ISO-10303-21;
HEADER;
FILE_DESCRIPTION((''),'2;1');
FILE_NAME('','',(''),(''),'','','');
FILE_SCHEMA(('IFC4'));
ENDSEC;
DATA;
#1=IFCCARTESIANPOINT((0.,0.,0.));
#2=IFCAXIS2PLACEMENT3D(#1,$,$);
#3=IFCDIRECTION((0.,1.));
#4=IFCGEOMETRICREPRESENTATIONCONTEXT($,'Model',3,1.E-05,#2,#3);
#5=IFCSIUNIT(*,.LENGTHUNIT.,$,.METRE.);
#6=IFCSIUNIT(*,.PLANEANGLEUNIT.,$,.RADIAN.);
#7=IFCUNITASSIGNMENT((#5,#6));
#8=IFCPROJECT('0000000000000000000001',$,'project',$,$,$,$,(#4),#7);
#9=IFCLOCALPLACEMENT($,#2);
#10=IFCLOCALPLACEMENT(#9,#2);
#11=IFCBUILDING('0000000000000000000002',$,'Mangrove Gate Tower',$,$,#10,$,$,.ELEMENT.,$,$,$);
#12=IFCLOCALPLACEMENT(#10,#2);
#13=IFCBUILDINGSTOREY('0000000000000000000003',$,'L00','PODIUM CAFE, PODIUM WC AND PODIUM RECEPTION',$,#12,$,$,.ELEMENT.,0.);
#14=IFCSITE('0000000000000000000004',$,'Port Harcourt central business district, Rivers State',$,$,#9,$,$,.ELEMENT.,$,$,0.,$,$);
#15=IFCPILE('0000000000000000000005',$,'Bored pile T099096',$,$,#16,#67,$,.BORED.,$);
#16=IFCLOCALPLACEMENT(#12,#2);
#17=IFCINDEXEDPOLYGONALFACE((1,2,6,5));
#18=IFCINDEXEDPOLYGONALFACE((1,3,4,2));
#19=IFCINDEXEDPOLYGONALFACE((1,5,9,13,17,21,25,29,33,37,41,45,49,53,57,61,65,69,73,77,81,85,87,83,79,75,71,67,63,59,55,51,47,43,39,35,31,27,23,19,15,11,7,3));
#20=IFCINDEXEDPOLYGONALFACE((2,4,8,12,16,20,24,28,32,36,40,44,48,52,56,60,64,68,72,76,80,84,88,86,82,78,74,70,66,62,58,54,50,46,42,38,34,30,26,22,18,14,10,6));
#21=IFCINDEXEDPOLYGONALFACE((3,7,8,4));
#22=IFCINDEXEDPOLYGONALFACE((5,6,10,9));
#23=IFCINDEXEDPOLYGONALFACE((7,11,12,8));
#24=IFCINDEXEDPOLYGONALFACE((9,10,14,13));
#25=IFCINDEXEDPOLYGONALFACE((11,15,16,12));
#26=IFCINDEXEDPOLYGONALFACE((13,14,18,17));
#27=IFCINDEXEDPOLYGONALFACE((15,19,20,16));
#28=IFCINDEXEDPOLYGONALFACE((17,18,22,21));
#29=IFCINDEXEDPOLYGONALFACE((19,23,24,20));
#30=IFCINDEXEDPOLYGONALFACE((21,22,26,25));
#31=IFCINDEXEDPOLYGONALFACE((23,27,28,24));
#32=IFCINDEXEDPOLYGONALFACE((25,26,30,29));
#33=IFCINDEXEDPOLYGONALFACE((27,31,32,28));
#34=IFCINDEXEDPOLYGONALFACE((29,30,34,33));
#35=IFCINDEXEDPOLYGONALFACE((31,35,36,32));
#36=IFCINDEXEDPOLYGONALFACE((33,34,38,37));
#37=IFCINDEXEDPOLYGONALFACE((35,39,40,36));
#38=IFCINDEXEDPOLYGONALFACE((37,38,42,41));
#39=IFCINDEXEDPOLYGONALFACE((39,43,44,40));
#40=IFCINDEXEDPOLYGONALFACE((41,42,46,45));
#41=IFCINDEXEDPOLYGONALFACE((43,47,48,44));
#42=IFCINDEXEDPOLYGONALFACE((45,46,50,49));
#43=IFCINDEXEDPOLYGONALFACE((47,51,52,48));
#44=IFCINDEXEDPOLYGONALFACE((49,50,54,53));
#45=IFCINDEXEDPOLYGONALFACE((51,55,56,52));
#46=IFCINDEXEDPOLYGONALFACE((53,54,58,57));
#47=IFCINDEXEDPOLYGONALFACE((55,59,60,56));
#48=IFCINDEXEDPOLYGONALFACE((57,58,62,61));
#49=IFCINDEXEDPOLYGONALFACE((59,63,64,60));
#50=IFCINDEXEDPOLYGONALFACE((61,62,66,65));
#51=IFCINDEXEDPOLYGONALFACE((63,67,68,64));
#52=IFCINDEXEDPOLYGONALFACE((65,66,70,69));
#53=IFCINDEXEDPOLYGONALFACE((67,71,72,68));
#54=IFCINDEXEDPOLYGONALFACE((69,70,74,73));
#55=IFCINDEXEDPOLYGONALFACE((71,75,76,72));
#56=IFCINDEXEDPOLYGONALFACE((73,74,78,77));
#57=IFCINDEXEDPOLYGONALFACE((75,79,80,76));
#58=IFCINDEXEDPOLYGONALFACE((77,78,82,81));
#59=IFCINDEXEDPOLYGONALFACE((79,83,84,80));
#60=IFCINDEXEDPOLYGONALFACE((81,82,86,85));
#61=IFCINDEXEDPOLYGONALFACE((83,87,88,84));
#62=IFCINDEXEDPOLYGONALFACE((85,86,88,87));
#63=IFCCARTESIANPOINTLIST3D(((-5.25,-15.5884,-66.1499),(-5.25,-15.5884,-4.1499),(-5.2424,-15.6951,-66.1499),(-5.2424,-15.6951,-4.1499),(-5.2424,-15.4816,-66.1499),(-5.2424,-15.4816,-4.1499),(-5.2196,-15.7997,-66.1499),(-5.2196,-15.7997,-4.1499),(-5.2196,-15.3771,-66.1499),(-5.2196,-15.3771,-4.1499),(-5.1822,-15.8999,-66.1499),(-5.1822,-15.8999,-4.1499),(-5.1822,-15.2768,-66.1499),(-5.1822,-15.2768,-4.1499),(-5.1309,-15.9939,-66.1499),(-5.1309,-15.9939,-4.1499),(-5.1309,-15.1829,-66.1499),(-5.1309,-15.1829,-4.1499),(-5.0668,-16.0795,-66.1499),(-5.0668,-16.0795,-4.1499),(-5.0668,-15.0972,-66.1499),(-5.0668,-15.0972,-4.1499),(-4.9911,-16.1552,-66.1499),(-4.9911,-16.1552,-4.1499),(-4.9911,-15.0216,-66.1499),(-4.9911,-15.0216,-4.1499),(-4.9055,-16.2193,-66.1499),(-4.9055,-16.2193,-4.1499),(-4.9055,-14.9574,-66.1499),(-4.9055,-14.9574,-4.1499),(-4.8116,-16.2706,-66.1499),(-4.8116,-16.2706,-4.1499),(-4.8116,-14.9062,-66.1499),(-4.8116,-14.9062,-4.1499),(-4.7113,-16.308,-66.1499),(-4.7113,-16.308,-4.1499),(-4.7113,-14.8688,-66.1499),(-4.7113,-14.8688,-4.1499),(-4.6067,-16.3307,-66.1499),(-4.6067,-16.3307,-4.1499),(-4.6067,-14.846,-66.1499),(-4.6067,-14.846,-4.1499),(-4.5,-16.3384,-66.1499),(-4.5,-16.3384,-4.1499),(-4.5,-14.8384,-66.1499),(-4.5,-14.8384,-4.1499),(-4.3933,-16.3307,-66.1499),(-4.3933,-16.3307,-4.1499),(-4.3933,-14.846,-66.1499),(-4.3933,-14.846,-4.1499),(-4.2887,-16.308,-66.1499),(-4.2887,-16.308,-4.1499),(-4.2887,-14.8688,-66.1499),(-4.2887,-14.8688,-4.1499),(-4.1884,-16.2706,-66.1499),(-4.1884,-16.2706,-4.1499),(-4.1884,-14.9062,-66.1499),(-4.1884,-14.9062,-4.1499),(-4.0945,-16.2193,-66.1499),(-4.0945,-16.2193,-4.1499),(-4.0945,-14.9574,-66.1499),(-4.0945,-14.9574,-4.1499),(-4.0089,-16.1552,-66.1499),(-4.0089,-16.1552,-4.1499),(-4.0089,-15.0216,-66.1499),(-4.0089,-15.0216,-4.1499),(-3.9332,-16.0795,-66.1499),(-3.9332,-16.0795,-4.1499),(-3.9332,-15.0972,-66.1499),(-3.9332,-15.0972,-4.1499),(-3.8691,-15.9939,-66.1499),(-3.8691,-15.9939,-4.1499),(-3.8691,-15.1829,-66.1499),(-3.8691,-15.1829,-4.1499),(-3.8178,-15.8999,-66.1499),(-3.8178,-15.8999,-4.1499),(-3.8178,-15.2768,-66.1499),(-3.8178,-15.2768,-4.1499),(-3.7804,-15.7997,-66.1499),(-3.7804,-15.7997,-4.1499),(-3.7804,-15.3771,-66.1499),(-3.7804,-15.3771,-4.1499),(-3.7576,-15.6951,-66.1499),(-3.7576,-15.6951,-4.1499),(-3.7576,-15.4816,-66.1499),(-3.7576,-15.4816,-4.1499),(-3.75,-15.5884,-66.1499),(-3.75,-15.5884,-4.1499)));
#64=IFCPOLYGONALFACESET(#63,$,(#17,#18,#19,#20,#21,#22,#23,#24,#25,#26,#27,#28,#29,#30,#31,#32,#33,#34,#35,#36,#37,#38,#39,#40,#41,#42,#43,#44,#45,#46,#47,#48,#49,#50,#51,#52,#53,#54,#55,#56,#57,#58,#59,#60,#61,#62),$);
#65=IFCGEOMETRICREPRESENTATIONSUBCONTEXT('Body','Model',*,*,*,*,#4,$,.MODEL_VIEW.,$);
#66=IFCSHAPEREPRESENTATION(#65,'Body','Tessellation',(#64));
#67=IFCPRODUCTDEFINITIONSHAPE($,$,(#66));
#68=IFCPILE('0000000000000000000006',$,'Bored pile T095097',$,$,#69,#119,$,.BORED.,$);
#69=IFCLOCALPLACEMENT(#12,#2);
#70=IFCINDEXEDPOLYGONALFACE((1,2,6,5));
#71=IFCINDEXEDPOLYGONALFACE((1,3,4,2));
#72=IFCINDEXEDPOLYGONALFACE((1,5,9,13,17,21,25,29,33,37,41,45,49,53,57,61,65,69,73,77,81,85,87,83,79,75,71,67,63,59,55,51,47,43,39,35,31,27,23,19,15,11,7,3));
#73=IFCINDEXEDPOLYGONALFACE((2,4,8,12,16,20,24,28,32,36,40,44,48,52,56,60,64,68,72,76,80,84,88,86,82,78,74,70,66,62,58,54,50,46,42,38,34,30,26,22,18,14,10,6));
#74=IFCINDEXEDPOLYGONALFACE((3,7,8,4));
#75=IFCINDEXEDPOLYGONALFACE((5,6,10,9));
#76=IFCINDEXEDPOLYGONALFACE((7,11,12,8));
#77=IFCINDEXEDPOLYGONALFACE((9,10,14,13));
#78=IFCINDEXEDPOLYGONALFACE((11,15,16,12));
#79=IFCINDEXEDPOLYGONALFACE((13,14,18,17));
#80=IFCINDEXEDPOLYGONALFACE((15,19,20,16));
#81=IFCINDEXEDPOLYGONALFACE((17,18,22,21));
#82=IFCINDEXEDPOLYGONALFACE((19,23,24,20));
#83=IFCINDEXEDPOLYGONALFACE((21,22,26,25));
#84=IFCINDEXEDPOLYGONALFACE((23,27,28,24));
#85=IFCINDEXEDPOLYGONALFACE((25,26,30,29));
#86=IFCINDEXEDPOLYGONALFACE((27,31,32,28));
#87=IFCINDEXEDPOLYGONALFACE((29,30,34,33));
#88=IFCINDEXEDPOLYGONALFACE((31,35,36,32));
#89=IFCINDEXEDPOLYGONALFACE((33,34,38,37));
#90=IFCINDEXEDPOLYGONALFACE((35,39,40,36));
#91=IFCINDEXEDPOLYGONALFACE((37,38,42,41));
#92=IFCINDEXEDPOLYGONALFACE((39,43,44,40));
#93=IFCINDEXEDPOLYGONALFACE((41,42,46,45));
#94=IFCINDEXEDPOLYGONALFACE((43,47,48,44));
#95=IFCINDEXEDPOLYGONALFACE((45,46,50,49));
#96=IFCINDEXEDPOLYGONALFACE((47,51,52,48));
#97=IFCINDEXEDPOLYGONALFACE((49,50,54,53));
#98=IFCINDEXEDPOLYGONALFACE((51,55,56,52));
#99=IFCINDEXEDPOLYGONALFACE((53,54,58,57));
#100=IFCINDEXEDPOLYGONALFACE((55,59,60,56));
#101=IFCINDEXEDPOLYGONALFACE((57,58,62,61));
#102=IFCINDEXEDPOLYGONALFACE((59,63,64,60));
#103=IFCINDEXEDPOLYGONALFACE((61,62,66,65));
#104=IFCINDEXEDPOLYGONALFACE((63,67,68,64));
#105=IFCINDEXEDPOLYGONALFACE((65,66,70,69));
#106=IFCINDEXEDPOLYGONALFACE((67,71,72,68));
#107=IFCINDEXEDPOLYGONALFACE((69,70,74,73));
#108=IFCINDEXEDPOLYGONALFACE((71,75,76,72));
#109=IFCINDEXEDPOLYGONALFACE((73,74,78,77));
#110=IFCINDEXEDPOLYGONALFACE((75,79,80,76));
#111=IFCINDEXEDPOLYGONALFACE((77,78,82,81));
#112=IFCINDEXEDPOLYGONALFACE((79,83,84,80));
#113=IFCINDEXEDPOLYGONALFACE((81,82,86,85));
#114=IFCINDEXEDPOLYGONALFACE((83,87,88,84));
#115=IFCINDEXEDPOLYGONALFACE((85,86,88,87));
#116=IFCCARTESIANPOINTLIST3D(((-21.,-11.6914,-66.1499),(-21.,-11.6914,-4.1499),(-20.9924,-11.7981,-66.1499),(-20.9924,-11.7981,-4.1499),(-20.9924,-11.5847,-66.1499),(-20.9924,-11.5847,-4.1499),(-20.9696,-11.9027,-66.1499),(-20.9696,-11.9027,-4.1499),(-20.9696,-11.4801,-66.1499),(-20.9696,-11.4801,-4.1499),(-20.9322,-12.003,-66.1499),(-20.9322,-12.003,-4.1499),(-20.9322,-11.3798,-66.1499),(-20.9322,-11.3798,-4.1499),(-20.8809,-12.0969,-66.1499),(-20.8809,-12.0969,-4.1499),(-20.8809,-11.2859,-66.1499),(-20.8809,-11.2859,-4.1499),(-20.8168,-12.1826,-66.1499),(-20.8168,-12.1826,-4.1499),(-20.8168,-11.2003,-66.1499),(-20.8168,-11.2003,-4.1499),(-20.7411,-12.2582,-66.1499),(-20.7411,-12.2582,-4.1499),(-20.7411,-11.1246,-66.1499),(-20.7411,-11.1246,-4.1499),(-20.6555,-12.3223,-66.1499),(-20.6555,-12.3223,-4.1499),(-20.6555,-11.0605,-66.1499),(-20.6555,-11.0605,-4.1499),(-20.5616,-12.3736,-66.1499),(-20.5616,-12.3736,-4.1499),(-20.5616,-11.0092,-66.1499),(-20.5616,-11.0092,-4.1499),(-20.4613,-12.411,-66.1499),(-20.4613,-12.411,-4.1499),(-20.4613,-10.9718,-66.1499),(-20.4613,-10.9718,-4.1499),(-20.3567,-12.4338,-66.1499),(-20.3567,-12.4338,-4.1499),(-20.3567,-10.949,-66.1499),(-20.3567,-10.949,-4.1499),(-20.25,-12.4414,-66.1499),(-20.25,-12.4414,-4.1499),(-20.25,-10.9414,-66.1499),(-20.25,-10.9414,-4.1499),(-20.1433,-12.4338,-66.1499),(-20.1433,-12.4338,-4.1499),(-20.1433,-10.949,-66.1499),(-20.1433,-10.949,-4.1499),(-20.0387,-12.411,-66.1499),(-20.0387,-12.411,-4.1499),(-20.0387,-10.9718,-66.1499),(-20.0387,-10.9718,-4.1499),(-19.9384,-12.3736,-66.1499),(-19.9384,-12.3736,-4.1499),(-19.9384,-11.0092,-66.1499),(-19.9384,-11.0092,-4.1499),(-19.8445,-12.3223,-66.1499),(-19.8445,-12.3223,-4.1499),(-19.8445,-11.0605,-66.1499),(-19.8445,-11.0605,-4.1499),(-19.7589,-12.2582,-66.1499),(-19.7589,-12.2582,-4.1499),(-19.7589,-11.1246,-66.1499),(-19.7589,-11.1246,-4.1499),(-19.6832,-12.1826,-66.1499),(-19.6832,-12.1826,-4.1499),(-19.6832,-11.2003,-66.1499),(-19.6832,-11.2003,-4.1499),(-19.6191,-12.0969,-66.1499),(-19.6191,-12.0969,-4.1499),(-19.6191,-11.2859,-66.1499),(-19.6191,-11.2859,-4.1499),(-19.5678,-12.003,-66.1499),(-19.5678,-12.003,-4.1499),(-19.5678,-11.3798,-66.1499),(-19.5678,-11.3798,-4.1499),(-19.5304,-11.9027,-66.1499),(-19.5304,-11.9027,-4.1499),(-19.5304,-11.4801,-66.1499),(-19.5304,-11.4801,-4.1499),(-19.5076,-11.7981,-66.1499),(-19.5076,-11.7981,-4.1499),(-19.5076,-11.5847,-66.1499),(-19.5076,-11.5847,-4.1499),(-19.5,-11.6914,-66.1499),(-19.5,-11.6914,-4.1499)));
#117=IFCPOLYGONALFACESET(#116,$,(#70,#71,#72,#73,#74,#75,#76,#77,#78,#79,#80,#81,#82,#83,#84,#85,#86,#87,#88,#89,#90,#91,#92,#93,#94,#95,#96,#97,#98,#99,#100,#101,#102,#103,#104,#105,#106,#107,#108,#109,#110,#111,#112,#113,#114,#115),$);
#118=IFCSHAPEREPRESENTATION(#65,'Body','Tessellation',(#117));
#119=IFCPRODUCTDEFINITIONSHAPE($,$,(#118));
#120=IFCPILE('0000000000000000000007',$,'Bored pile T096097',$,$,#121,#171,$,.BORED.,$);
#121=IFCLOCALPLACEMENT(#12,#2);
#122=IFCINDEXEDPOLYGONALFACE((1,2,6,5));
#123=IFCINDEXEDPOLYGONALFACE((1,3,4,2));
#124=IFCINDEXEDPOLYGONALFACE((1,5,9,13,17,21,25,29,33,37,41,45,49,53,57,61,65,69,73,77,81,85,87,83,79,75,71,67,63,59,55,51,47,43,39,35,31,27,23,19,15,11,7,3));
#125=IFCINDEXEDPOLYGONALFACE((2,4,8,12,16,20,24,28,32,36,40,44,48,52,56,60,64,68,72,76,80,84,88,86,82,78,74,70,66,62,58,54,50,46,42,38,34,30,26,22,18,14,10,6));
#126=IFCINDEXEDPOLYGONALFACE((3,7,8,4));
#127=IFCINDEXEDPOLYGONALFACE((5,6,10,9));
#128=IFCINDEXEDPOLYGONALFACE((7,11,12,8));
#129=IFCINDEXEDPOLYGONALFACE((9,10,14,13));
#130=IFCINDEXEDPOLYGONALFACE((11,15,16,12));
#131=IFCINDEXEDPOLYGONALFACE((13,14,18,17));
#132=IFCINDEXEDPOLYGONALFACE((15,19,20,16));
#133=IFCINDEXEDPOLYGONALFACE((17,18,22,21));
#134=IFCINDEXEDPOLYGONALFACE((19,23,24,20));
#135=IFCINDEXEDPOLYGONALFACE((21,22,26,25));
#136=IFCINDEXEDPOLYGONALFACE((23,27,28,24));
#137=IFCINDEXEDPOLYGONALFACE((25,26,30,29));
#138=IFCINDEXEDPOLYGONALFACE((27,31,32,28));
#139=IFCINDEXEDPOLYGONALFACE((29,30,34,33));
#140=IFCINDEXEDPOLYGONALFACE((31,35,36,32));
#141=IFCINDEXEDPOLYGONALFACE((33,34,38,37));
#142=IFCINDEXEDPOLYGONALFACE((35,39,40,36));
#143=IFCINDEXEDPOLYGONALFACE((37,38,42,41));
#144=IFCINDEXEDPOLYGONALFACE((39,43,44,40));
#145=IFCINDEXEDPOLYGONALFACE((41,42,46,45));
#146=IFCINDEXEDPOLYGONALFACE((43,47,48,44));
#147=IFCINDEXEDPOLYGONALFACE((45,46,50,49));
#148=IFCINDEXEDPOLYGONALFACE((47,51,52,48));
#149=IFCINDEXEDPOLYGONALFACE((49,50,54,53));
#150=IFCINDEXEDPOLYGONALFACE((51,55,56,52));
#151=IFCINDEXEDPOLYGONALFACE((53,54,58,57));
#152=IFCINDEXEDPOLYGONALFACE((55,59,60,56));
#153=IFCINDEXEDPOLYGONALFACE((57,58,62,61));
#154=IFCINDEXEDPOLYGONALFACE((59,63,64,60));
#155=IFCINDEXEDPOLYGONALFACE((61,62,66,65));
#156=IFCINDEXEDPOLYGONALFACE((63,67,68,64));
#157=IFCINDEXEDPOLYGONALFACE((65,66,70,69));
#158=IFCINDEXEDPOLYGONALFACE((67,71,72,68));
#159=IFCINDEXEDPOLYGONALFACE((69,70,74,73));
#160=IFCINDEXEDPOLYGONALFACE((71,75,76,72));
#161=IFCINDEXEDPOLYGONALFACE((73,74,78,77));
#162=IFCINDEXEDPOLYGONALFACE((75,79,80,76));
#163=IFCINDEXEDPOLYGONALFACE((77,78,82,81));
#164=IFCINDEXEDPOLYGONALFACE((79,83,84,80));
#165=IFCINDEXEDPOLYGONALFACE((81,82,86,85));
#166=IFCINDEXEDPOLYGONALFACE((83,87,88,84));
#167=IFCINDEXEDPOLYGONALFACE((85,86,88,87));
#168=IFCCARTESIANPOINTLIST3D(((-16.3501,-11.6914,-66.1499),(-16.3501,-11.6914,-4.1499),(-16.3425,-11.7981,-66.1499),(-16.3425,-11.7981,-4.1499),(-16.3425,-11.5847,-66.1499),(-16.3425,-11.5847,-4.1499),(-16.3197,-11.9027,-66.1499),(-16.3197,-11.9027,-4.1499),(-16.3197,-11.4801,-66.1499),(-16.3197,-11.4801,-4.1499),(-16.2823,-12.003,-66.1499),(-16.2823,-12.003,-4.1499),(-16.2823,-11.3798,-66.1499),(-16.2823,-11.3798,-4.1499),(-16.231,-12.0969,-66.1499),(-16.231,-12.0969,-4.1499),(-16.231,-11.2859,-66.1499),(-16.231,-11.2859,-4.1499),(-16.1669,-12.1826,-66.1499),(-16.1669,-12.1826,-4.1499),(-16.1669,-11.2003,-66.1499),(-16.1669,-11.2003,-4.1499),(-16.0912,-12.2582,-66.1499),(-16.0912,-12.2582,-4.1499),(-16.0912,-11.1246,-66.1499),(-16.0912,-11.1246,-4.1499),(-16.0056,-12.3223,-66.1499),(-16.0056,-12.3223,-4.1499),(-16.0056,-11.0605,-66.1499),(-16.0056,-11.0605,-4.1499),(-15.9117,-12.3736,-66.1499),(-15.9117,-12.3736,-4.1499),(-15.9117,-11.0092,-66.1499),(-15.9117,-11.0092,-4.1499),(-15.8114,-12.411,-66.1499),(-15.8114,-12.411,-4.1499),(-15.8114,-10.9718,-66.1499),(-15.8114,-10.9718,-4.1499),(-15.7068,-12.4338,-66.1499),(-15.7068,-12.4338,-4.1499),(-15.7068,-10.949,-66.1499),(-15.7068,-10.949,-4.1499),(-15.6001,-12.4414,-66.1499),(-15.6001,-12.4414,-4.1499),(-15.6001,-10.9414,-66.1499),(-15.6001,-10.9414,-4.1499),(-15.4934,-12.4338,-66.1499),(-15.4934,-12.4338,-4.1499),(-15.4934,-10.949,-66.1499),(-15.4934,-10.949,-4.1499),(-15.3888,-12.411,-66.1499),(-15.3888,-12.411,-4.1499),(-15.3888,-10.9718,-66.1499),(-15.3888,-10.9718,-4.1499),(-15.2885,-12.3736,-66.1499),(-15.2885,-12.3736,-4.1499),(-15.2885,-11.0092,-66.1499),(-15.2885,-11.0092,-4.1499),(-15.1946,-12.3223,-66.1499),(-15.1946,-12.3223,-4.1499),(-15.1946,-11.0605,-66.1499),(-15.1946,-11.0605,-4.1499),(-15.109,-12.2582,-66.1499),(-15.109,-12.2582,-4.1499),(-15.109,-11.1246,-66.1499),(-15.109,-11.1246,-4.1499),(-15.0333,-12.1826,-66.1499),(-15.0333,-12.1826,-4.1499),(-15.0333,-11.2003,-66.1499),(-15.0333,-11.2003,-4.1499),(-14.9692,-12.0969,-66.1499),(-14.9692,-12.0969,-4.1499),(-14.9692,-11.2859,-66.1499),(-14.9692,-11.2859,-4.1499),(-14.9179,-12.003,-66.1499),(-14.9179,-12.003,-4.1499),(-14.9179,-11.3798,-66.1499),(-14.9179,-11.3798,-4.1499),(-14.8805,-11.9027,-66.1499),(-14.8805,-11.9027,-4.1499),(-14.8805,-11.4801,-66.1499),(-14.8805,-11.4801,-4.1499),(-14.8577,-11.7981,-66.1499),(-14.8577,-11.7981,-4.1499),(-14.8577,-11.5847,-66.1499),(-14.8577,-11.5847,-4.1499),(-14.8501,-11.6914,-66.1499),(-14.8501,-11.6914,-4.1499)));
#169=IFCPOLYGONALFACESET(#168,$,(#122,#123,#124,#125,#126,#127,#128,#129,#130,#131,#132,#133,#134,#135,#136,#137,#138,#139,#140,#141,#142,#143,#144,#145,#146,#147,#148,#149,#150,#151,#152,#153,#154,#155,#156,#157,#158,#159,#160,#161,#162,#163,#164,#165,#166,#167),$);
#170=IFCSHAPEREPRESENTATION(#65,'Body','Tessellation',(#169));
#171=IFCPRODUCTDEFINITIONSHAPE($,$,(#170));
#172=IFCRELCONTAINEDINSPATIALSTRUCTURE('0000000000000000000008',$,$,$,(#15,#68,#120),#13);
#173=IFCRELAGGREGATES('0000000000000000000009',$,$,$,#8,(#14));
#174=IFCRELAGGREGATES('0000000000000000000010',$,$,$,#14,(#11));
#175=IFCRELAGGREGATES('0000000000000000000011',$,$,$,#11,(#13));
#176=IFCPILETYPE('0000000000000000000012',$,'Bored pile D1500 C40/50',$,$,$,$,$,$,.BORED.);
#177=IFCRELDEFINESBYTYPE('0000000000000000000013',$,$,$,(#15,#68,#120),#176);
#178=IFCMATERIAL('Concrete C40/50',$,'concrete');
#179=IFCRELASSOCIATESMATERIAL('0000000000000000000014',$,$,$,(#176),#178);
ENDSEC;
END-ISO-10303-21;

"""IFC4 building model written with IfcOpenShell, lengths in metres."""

from ifc_helpers import new_model, si_unit, direction, frame, origin, origin_2d, place, context, subcontext, project, spatial, circle, extrude, material, material_profile, profile_set, type_object, element, save


model = new_model("IFC4")

# Units and contexts
model_context = context("Model", 3, precision=1e-05, world=origin(), true_north=direction((0.0, 1.0)))
body_context = subcontext(model_context, "Body", "Model", "MODEL_VIEW")
ifc_project = project(units=[si_unit("LENGTHUNIT", "METRE"), si_unit("PLANEANGLEUNIT", "RADIAN")], contexts=[model_context])

# Site, building, storey
site_placement = place(None, origin())
site = spatial("IfcSite", under=ifc_project, at=site_placement, Name="Port Harcourt central business district, Rivers State", CompositionType="ELEMENT", RefElevation=0.0)
building_placement = place(site_placement, origin())
building = spatial("IfcBuilding", under=site, at=building_placement, Name="Mangrove Gate Tower", CompositionType="ELEMENT")
storey_placement = place(building_placement, origin())
storey = spatial("IfcBuildingStorey", under=building, at=storey_placement, Name="L00", Description="PODIUM CAFE, PODIUM WC AND PODIUM RECEPTION", CompositionType="ELEMENT", Elevation=0.0)

# Piles
ifc_material_1 = material(Name="Concrete C40/50", Category="concrete")
ifc_material_profile_1 = material_profile(ifc_material_1, circle(Radius=0.75, at=origin_2d()))
ifc_profile_set_1 = profile_set([ifc_material_profile_1], Name="Concrete C40/50")
pile_type = type_object("IfcPileType", Name="Bored pile D1500 C40/50", PredefinedType="BORED", material=ifc_profile_set_1)
for number, where, z_axis, x_axis, name in (
    (1, (-4.5, -15.5884, -4.1499), (0.0, 0.0, -1.0), (1.0, 0.0, 0.0), "Bored pile T099096"),
    (2, (-20.25, -11.6914, -4.1499), (0.0, 0.0, -1.0), (1.0, 0.0, 0.0), "Bored pile T095097"),
    (3, (-15.6001, -11.6914, -4.1499), (0.0, 0.0, -1.0), (1.0, 0.0, 0.0), "Bored pile T096097"),
):
    element("IfcPile", number, at=place(storey_placement, frame(where, z_axis=z_axis, x_axis=x_axis)), inside=storey, type_object=pile_type, Name=name, PredefinedType="BORED", context=body_context, shape_type="SweptSolid", body=[
        extrude(circle(Radius=0.75, at=origin_2d()), origin(), (0.0, 0.0, 1.0), 62.0),
    ])

save(model, "model.ifc")
